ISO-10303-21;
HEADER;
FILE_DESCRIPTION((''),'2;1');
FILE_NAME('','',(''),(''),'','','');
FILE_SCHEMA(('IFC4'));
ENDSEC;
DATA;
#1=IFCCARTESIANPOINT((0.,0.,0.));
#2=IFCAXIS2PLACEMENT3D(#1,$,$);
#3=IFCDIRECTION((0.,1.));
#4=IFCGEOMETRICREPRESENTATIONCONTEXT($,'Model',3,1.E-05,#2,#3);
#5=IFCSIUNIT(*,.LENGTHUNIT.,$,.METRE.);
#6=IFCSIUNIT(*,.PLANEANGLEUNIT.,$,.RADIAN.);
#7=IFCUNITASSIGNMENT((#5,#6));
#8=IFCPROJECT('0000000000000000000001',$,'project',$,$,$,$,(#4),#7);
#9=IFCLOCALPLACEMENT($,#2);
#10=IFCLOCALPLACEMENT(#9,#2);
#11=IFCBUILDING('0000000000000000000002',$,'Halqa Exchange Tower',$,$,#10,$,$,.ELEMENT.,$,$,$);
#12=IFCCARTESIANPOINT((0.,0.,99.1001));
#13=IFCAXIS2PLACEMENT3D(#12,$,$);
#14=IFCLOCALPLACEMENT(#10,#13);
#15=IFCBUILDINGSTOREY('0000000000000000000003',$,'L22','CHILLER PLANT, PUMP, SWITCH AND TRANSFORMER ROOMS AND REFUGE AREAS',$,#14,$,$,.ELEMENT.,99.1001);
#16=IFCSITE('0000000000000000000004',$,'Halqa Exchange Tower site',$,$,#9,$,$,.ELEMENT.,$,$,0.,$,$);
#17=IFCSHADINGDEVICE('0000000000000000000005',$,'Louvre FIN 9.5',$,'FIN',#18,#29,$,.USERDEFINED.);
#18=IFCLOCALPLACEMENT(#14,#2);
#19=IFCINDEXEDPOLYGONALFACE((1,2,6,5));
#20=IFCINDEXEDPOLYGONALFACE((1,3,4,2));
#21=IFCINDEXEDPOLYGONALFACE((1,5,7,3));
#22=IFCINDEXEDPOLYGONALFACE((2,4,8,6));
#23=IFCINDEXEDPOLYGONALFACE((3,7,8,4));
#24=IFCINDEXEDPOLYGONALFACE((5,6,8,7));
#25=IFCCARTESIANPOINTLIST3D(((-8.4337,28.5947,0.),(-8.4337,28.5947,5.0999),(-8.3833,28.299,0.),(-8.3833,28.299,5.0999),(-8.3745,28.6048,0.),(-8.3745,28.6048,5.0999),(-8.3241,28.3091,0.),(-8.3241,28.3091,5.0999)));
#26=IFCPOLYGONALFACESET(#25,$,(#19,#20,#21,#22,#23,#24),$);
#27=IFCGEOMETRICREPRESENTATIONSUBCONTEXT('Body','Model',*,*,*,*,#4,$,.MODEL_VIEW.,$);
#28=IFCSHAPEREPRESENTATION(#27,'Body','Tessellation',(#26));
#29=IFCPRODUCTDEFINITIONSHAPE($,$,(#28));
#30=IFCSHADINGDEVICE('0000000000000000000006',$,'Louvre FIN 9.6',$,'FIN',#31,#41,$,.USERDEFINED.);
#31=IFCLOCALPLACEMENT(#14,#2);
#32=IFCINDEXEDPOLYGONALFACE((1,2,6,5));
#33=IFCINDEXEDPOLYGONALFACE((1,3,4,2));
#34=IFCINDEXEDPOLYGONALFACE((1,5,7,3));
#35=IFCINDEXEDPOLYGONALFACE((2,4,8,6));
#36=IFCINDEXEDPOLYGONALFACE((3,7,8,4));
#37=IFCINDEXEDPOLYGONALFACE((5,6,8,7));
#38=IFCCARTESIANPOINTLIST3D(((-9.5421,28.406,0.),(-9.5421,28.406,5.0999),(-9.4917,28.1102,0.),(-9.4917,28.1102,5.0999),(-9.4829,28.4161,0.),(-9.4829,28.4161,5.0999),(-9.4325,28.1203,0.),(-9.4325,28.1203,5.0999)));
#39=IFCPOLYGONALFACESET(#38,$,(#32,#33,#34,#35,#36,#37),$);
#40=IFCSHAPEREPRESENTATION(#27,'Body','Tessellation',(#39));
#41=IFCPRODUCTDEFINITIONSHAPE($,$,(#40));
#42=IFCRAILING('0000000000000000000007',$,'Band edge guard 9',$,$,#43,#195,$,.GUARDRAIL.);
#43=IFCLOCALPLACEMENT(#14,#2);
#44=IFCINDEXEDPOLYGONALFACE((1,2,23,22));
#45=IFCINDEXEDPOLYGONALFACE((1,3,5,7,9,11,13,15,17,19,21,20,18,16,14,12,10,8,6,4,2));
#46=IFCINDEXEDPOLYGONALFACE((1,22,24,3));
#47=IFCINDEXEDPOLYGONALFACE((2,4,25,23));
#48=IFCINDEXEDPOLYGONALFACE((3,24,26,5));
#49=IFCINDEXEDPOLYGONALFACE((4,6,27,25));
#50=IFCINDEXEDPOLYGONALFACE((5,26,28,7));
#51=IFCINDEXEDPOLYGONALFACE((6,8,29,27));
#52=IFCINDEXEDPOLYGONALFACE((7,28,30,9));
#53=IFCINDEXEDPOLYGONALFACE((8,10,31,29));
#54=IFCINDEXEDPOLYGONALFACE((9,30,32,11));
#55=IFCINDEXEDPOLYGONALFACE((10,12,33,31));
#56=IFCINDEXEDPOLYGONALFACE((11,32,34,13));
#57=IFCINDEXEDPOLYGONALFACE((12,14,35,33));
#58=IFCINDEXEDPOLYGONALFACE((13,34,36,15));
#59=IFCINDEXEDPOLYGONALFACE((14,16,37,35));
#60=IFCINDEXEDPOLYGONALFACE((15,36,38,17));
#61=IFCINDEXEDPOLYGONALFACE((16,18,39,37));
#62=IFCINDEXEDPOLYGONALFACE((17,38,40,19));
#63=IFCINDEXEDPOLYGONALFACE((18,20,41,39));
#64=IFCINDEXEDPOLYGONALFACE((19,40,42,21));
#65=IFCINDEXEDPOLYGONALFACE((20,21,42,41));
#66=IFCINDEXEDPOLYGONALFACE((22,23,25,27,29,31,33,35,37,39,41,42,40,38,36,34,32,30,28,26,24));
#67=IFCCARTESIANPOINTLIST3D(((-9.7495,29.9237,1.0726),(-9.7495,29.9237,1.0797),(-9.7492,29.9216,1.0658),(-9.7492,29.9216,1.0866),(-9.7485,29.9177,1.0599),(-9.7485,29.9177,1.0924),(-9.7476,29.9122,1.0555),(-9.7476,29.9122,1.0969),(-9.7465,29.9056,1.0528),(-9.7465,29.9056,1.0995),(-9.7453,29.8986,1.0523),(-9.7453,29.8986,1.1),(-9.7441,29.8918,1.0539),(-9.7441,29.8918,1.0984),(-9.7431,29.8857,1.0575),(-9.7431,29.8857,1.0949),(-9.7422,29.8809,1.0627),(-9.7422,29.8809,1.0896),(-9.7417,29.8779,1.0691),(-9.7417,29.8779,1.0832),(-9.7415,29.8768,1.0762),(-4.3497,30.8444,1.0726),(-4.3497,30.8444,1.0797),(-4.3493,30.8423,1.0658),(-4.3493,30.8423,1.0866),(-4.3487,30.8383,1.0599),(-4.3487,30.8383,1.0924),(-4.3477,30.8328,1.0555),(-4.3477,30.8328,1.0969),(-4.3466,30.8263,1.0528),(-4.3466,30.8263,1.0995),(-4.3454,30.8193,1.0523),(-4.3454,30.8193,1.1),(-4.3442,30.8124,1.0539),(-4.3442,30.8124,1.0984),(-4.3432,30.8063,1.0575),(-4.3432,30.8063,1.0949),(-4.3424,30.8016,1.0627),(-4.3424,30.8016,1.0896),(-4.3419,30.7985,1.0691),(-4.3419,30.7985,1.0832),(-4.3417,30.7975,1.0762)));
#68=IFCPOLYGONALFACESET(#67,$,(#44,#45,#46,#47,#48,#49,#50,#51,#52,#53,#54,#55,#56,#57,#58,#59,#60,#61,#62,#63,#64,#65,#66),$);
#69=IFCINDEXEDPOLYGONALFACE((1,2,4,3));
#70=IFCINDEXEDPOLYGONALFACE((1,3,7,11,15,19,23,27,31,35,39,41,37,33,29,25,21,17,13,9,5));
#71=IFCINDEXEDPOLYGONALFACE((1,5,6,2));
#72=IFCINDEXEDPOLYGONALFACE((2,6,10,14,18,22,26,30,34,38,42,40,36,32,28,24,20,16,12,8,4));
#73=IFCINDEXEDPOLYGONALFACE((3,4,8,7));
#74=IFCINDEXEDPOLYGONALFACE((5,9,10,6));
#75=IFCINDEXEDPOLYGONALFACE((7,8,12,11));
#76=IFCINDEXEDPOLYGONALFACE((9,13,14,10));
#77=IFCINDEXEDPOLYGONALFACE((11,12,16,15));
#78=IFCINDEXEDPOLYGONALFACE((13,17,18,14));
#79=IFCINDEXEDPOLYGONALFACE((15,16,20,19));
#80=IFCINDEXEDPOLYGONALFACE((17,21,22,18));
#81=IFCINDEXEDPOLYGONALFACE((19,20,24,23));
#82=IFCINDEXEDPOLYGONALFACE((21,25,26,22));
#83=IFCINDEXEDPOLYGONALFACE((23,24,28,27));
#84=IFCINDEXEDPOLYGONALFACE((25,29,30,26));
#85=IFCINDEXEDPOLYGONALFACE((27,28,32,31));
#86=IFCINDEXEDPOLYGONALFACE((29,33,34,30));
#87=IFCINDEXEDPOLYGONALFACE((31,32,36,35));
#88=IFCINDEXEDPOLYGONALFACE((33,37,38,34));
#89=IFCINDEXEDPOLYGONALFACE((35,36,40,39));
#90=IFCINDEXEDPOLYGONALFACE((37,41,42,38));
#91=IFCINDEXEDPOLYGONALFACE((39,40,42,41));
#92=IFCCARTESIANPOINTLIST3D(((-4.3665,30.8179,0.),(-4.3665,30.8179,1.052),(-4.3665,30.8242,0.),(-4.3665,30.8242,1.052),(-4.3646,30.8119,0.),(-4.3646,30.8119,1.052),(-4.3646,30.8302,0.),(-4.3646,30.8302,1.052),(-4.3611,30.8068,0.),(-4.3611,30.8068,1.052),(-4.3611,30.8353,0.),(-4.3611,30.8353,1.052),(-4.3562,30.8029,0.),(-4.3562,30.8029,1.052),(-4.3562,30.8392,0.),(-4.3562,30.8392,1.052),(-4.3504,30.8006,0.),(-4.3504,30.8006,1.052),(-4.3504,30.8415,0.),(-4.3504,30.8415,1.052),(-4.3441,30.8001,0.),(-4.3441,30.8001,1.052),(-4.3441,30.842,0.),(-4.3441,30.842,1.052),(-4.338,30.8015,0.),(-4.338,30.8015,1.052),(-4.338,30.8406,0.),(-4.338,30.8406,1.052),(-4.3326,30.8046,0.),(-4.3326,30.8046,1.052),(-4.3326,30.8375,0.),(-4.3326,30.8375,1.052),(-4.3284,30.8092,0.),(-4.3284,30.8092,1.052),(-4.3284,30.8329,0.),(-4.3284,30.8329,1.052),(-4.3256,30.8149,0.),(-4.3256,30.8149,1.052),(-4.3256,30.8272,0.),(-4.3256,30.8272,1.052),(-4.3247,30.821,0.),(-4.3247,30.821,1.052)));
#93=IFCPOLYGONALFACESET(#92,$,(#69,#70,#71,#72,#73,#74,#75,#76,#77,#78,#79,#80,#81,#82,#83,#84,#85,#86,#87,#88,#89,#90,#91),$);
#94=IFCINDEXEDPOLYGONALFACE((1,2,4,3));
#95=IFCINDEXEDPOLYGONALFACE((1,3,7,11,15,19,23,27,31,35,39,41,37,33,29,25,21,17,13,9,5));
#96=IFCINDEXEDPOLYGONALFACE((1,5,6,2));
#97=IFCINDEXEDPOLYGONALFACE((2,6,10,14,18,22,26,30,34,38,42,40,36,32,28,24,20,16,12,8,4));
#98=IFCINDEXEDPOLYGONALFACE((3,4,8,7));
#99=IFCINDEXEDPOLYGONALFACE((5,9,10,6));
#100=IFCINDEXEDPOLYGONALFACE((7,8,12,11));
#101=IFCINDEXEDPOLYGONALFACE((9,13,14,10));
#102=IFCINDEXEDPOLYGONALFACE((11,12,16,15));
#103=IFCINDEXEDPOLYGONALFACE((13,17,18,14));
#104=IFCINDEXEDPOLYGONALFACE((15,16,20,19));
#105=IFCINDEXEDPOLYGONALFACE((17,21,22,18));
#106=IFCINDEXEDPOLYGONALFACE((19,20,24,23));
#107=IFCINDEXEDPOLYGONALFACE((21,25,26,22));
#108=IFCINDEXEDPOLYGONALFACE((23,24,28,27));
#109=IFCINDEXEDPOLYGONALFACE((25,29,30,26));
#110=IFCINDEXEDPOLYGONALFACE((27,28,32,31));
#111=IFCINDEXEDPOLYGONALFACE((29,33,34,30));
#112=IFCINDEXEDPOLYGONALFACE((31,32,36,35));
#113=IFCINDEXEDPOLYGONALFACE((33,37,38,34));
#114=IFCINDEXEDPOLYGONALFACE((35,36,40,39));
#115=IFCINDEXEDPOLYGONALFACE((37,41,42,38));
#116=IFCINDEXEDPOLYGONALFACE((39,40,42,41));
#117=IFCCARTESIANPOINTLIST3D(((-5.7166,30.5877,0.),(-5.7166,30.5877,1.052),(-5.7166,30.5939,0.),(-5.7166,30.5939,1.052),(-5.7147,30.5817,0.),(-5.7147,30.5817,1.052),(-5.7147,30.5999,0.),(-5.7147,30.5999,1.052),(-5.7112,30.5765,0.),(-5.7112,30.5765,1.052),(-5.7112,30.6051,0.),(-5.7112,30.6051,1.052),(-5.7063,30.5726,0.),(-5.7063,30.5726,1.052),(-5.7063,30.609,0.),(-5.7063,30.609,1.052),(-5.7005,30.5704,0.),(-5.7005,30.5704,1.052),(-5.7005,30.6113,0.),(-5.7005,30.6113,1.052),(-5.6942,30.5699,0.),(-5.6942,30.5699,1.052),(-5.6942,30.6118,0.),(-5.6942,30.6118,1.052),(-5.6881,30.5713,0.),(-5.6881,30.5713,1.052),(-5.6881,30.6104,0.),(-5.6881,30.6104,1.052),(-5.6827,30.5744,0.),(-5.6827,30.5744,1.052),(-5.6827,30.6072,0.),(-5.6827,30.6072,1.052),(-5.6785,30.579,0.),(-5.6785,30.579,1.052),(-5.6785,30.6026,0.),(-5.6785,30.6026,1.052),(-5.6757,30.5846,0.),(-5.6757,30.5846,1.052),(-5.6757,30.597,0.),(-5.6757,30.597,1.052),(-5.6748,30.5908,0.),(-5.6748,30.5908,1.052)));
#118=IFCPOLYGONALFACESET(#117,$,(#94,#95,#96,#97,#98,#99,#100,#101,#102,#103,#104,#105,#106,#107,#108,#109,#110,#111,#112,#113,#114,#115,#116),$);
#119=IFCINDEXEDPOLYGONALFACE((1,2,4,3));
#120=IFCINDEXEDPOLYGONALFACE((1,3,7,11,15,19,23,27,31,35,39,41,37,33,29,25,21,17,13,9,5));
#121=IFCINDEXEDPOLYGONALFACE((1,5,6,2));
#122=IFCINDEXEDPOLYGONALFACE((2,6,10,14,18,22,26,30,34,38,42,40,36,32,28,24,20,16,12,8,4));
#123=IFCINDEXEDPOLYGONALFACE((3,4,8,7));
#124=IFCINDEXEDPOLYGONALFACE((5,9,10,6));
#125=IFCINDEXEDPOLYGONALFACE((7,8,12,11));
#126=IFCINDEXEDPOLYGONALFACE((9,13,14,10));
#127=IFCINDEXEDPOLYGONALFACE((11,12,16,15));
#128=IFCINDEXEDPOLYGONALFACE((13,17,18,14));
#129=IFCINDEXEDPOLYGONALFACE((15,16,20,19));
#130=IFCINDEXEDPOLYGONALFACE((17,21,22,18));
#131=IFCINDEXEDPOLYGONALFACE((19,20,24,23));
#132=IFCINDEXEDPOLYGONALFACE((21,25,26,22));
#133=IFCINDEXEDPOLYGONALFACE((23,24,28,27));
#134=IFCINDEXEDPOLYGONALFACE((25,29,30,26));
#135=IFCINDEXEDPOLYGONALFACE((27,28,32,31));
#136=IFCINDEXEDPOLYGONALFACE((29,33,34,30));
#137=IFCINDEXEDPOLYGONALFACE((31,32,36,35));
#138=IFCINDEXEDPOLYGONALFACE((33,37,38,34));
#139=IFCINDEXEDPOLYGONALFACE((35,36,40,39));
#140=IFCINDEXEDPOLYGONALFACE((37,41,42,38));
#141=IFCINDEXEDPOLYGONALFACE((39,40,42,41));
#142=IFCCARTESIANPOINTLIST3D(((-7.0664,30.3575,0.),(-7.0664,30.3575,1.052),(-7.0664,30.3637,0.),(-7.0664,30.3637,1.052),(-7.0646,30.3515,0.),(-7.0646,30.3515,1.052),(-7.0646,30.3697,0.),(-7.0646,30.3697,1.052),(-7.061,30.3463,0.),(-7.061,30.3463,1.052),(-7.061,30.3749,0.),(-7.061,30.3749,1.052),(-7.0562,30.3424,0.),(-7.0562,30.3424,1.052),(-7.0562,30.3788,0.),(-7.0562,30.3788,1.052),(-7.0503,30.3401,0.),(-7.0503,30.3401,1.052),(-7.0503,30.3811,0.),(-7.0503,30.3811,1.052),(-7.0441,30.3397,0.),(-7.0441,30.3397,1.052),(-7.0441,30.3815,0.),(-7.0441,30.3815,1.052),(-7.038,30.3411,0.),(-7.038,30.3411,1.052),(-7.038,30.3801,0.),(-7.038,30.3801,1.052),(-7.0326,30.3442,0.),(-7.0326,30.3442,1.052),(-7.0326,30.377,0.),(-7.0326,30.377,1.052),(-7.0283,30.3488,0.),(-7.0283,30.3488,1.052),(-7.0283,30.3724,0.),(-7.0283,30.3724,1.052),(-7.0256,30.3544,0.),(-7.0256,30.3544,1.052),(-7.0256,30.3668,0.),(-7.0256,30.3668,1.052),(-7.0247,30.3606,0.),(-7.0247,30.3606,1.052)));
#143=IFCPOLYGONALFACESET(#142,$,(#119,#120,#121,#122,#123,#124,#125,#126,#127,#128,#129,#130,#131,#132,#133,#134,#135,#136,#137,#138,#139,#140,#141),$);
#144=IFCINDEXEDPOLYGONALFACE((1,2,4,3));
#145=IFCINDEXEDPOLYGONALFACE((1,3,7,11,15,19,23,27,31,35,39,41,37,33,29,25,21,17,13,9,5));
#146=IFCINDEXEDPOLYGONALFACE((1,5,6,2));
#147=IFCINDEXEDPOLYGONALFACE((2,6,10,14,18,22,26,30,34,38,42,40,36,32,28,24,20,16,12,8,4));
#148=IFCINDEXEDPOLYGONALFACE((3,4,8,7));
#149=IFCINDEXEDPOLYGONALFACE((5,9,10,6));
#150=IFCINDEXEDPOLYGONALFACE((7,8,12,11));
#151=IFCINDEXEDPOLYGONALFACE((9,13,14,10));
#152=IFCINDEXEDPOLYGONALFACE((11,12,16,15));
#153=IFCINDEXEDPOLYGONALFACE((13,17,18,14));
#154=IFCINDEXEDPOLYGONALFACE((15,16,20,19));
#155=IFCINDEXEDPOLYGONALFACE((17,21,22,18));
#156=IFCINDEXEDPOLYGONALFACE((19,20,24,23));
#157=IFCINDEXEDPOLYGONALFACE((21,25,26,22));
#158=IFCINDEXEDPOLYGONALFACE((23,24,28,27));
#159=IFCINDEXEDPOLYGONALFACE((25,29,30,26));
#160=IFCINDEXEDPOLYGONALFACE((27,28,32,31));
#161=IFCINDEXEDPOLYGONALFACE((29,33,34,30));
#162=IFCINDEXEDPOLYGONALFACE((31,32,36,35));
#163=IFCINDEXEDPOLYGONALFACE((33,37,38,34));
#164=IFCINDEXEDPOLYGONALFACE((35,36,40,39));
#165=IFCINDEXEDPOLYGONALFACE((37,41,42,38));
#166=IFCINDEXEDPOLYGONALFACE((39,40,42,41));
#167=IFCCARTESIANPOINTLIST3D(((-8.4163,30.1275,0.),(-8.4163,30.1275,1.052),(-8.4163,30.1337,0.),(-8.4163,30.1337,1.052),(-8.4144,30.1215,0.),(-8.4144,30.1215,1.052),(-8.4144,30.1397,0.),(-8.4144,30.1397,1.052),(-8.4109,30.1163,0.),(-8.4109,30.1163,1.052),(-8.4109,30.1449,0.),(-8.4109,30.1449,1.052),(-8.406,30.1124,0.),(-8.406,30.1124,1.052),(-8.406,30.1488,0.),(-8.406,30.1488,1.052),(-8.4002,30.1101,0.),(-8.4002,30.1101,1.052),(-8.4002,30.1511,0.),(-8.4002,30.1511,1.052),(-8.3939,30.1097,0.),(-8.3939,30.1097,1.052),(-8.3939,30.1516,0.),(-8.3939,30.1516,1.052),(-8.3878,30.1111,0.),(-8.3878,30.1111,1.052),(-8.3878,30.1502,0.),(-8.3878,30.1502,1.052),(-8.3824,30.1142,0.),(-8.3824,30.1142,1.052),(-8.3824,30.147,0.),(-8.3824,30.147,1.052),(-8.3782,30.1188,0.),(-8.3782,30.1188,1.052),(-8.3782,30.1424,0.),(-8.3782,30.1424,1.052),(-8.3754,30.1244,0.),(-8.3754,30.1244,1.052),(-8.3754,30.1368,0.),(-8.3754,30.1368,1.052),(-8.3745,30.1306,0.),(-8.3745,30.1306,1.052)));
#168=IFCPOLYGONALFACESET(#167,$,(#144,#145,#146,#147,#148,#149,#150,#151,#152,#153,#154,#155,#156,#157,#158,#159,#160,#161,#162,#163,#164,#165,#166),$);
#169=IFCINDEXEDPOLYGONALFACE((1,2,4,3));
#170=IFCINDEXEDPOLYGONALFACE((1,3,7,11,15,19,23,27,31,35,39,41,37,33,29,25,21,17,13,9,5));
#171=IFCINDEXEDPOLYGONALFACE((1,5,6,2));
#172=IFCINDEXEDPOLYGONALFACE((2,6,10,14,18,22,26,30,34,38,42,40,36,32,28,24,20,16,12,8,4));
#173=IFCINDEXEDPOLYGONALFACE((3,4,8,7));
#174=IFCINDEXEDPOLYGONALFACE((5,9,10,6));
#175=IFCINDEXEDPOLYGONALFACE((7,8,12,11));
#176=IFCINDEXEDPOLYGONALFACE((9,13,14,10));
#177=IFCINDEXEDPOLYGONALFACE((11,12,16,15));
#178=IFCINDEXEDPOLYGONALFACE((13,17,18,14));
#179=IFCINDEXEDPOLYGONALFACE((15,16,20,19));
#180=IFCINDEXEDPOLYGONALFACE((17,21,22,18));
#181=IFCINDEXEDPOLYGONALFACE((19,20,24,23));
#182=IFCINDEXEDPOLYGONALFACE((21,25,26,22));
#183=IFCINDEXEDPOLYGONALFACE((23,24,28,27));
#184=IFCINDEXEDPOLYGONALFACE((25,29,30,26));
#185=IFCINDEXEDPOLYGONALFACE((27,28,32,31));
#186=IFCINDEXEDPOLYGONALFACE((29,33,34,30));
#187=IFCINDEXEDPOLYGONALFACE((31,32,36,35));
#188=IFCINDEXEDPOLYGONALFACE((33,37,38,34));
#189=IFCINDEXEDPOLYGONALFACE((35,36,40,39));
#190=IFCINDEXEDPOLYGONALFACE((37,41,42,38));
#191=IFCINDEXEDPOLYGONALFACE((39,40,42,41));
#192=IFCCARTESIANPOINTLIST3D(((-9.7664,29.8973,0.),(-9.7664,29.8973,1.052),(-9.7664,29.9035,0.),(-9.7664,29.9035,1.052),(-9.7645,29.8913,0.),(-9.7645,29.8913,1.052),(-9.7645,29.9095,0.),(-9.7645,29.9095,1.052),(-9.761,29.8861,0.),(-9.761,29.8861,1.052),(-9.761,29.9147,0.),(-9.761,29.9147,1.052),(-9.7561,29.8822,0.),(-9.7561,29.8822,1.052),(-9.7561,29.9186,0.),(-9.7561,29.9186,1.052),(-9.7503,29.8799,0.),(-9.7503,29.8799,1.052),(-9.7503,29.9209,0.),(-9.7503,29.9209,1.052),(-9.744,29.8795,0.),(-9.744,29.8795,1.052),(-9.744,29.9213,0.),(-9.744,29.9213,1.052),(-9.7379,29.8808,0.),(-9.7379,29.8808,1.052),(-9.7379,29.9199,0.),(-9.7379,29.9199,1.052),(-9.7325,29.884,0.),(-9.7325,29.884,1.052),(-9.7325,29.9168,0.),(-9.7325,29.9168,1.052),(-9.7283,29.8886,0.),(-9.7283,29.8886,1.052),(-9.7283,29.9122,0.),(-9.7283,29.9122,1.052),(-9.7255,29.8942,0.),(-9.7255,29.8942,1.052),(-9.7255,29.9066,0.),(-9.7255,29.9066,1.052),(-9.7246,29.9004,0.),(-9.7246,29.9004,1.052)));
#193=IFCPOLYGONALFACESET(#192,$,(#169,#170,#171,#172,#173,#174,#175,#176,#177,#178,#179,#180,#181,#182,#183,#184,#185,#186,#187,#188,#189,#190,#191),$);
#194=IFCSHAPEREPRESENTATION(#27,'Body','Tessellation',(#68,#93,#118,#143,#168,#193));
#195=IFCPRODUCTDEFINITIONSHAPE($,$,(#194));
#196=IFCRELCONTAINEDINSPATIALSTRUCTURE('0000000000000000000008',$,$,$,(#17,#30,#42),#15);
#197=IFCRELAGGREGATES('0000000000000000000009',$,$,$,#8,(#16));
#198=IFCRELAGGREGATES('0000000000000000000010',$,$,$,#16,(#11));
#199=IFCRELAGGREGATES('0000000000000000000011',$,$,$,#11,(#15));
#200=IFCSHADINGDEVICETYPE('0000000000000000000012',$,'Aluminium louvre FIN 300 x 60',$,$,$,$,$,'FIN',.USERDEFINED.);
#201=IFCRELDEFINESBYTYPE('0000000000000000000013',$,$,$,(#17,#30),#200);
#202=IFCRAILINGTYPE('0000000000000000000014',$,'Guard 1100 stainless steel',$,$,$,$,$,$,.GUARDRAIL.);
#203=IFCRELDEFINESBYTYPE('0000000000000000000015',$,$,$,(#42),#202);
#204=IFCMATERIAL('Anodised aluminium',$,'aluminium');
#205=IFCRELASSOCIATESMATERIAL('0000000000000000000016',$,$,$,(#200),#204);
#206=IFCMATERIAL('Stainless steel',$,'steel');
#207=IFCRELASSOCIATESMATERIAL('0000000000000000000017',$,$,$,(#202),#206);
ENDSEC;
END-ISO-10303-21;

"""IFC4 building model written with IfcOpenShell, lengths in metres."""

from ifc_helpers import new_model, si_unit, direction, frame, origin, origin_2d, place, context, subcontext, project, spatial, rectangle, circle, extrude, material, material_profile, profile_set, type_object, element, save


model = new_model("IFC4")

# Units and contexts
model_context = context("Model", 3, precision=1e-05, world=origin(), true_north=direction((0.0, 1.0)))
body_context = subcontext(model_context, "Body", "Model", "MODEL_VIEW")
ifc_project = project(units=[si_unit("LENGTHUNIT", "METRE"), si_unit("PLANEANGLEUNIT", "RADIAN")], contexts=[model_context])

# Site, building, storey
site_placement = place(None, origin())
site = spatial("IfcSite", under=ifc_project, at=site_placement, Name="Halqa Exchange Tower site", CompositionType="ELEMENT", RefElevation=0.0)
building_placement = place(site_placement, origin())
building = spatial("IfcBuilding", under=site, at=building_placement, Name="Halqa Exchange Tower", CompositionType="ELEMENT")
storey_placement = place(building_placement, frame((0.0, 0.0, 99.1001)))
storey = spatial("IfcBuildingStorey", under=building, at=storey_placement, Name="L22", Description="CHILLER PLANT, PUMP, SWITCH AND TRANSFORMER ROOMS AND REFUGE AREAS", CompositionType="ELEMENT", Elevation=99.1001)

# Shading devices
ifc_material_1 = material(Name="Anodised aluminium", Category="aluminium")
ifc_material_profile_1 = material_profile(ifc_material_1, rectangle(XDim=0.3, YDim=0.0601, at=origin_2d()), Name="AL FIN 300x60")
ifc_profile_set_1 = profile_set([ifc_material_profile_1], Name="Anodised aluminium")
shading_device_type = type_object("IfcShadingDeviceType", Name="Aluminium louvre FIN 300 x 60", ElementType="FIN", PredefinedType="USERDEFINED", material=ifc_profile_set_1)
for number, where, z_axis, x_axis, name in (
    (1, (-8.3789, 28.4519, 0.0), (0.0, 0.0, 1.0), (0.168068, -0.985775, 0.0), "Louvre FIN 9.5"),
    (2, (-9.4873, 28.2632, 0.0), (0.0, 0.0, 1.0), (0.168068, -0.985775, 0.0), "Louvre FIN 9.6"),
):
    element("IfcShadingDevice", number, at=place(storey_placement, frame(where, z_axis=z_axis, x_axis=x_axis)), inside=storey, type_object=shading_device_type, Name=name, ObjectType="FIN", PredefinedType="USERDEFINED", context=body_context, shape_type="SweptSolid", body=[
        extrude(rectangle(XDim=0.3, YDim=0.0601, at=origin_2d()), origin(), (0.0, 0.0, 1.0), 5.0999),
    ])

# Railing
ifc_material_2 = material(Name="Stainless steel", Category="steel")
railing_type = type_object("IfcRailingType", Name="Guard 1100 stainless steel", PredefinedType="GUARDRAIL", material=ifc_material_2)
railing_1_placement = place(storey_placement, frame((-4.3457, 30.821, 0.0)))
element("IfcRailing", 3, at=railing_1_placement, inside=storey, type_object=railing_type, Name="Band edge guard 9", PredefinedType="GUARDRAIL", context=body_context, shape_type="SweptSolid", body=[
    extrude(circle(Radius=0.0239, at=origin_2d()), frame((0.0, 0.0, 1.0762), z_axis=(-0.985775, -0.168069, 0.0), x_axis=(0.168069, -0.985775, 0.0)), (0.0, 0.0, 1.0), 5.4778),
    extrude(circle(Radius=0.021, at=origin_2d()), origin(), (0.0, 0.0, 1.0), 1.052),
    extrude(circle(Radius=0.021, at=origin_2d()), frame((-1.3501, -0.2302, 0.0)), (0.0, 0.0, 1.0), 1.052),
    extrude(circle(Radius=0.021, at=origin_2d()), frame((-2.7, -0.4604, 0.0)), (0.0, 0.0, 1.0), 1.052),
    extrude(circle(Radius=0.021, at=origin_2d()), frame((-4.0498, -0.6904, 0.0)), (0.0, 0.0, 1.0), 1.052),
    extrude(circle(Radius=0.021, at=origin_2d()), frame((-5.3999, -0.9207, 0.0)), (0.0, 0.0, 1.0), 1.052),
])

save(model, "model.ifc")
